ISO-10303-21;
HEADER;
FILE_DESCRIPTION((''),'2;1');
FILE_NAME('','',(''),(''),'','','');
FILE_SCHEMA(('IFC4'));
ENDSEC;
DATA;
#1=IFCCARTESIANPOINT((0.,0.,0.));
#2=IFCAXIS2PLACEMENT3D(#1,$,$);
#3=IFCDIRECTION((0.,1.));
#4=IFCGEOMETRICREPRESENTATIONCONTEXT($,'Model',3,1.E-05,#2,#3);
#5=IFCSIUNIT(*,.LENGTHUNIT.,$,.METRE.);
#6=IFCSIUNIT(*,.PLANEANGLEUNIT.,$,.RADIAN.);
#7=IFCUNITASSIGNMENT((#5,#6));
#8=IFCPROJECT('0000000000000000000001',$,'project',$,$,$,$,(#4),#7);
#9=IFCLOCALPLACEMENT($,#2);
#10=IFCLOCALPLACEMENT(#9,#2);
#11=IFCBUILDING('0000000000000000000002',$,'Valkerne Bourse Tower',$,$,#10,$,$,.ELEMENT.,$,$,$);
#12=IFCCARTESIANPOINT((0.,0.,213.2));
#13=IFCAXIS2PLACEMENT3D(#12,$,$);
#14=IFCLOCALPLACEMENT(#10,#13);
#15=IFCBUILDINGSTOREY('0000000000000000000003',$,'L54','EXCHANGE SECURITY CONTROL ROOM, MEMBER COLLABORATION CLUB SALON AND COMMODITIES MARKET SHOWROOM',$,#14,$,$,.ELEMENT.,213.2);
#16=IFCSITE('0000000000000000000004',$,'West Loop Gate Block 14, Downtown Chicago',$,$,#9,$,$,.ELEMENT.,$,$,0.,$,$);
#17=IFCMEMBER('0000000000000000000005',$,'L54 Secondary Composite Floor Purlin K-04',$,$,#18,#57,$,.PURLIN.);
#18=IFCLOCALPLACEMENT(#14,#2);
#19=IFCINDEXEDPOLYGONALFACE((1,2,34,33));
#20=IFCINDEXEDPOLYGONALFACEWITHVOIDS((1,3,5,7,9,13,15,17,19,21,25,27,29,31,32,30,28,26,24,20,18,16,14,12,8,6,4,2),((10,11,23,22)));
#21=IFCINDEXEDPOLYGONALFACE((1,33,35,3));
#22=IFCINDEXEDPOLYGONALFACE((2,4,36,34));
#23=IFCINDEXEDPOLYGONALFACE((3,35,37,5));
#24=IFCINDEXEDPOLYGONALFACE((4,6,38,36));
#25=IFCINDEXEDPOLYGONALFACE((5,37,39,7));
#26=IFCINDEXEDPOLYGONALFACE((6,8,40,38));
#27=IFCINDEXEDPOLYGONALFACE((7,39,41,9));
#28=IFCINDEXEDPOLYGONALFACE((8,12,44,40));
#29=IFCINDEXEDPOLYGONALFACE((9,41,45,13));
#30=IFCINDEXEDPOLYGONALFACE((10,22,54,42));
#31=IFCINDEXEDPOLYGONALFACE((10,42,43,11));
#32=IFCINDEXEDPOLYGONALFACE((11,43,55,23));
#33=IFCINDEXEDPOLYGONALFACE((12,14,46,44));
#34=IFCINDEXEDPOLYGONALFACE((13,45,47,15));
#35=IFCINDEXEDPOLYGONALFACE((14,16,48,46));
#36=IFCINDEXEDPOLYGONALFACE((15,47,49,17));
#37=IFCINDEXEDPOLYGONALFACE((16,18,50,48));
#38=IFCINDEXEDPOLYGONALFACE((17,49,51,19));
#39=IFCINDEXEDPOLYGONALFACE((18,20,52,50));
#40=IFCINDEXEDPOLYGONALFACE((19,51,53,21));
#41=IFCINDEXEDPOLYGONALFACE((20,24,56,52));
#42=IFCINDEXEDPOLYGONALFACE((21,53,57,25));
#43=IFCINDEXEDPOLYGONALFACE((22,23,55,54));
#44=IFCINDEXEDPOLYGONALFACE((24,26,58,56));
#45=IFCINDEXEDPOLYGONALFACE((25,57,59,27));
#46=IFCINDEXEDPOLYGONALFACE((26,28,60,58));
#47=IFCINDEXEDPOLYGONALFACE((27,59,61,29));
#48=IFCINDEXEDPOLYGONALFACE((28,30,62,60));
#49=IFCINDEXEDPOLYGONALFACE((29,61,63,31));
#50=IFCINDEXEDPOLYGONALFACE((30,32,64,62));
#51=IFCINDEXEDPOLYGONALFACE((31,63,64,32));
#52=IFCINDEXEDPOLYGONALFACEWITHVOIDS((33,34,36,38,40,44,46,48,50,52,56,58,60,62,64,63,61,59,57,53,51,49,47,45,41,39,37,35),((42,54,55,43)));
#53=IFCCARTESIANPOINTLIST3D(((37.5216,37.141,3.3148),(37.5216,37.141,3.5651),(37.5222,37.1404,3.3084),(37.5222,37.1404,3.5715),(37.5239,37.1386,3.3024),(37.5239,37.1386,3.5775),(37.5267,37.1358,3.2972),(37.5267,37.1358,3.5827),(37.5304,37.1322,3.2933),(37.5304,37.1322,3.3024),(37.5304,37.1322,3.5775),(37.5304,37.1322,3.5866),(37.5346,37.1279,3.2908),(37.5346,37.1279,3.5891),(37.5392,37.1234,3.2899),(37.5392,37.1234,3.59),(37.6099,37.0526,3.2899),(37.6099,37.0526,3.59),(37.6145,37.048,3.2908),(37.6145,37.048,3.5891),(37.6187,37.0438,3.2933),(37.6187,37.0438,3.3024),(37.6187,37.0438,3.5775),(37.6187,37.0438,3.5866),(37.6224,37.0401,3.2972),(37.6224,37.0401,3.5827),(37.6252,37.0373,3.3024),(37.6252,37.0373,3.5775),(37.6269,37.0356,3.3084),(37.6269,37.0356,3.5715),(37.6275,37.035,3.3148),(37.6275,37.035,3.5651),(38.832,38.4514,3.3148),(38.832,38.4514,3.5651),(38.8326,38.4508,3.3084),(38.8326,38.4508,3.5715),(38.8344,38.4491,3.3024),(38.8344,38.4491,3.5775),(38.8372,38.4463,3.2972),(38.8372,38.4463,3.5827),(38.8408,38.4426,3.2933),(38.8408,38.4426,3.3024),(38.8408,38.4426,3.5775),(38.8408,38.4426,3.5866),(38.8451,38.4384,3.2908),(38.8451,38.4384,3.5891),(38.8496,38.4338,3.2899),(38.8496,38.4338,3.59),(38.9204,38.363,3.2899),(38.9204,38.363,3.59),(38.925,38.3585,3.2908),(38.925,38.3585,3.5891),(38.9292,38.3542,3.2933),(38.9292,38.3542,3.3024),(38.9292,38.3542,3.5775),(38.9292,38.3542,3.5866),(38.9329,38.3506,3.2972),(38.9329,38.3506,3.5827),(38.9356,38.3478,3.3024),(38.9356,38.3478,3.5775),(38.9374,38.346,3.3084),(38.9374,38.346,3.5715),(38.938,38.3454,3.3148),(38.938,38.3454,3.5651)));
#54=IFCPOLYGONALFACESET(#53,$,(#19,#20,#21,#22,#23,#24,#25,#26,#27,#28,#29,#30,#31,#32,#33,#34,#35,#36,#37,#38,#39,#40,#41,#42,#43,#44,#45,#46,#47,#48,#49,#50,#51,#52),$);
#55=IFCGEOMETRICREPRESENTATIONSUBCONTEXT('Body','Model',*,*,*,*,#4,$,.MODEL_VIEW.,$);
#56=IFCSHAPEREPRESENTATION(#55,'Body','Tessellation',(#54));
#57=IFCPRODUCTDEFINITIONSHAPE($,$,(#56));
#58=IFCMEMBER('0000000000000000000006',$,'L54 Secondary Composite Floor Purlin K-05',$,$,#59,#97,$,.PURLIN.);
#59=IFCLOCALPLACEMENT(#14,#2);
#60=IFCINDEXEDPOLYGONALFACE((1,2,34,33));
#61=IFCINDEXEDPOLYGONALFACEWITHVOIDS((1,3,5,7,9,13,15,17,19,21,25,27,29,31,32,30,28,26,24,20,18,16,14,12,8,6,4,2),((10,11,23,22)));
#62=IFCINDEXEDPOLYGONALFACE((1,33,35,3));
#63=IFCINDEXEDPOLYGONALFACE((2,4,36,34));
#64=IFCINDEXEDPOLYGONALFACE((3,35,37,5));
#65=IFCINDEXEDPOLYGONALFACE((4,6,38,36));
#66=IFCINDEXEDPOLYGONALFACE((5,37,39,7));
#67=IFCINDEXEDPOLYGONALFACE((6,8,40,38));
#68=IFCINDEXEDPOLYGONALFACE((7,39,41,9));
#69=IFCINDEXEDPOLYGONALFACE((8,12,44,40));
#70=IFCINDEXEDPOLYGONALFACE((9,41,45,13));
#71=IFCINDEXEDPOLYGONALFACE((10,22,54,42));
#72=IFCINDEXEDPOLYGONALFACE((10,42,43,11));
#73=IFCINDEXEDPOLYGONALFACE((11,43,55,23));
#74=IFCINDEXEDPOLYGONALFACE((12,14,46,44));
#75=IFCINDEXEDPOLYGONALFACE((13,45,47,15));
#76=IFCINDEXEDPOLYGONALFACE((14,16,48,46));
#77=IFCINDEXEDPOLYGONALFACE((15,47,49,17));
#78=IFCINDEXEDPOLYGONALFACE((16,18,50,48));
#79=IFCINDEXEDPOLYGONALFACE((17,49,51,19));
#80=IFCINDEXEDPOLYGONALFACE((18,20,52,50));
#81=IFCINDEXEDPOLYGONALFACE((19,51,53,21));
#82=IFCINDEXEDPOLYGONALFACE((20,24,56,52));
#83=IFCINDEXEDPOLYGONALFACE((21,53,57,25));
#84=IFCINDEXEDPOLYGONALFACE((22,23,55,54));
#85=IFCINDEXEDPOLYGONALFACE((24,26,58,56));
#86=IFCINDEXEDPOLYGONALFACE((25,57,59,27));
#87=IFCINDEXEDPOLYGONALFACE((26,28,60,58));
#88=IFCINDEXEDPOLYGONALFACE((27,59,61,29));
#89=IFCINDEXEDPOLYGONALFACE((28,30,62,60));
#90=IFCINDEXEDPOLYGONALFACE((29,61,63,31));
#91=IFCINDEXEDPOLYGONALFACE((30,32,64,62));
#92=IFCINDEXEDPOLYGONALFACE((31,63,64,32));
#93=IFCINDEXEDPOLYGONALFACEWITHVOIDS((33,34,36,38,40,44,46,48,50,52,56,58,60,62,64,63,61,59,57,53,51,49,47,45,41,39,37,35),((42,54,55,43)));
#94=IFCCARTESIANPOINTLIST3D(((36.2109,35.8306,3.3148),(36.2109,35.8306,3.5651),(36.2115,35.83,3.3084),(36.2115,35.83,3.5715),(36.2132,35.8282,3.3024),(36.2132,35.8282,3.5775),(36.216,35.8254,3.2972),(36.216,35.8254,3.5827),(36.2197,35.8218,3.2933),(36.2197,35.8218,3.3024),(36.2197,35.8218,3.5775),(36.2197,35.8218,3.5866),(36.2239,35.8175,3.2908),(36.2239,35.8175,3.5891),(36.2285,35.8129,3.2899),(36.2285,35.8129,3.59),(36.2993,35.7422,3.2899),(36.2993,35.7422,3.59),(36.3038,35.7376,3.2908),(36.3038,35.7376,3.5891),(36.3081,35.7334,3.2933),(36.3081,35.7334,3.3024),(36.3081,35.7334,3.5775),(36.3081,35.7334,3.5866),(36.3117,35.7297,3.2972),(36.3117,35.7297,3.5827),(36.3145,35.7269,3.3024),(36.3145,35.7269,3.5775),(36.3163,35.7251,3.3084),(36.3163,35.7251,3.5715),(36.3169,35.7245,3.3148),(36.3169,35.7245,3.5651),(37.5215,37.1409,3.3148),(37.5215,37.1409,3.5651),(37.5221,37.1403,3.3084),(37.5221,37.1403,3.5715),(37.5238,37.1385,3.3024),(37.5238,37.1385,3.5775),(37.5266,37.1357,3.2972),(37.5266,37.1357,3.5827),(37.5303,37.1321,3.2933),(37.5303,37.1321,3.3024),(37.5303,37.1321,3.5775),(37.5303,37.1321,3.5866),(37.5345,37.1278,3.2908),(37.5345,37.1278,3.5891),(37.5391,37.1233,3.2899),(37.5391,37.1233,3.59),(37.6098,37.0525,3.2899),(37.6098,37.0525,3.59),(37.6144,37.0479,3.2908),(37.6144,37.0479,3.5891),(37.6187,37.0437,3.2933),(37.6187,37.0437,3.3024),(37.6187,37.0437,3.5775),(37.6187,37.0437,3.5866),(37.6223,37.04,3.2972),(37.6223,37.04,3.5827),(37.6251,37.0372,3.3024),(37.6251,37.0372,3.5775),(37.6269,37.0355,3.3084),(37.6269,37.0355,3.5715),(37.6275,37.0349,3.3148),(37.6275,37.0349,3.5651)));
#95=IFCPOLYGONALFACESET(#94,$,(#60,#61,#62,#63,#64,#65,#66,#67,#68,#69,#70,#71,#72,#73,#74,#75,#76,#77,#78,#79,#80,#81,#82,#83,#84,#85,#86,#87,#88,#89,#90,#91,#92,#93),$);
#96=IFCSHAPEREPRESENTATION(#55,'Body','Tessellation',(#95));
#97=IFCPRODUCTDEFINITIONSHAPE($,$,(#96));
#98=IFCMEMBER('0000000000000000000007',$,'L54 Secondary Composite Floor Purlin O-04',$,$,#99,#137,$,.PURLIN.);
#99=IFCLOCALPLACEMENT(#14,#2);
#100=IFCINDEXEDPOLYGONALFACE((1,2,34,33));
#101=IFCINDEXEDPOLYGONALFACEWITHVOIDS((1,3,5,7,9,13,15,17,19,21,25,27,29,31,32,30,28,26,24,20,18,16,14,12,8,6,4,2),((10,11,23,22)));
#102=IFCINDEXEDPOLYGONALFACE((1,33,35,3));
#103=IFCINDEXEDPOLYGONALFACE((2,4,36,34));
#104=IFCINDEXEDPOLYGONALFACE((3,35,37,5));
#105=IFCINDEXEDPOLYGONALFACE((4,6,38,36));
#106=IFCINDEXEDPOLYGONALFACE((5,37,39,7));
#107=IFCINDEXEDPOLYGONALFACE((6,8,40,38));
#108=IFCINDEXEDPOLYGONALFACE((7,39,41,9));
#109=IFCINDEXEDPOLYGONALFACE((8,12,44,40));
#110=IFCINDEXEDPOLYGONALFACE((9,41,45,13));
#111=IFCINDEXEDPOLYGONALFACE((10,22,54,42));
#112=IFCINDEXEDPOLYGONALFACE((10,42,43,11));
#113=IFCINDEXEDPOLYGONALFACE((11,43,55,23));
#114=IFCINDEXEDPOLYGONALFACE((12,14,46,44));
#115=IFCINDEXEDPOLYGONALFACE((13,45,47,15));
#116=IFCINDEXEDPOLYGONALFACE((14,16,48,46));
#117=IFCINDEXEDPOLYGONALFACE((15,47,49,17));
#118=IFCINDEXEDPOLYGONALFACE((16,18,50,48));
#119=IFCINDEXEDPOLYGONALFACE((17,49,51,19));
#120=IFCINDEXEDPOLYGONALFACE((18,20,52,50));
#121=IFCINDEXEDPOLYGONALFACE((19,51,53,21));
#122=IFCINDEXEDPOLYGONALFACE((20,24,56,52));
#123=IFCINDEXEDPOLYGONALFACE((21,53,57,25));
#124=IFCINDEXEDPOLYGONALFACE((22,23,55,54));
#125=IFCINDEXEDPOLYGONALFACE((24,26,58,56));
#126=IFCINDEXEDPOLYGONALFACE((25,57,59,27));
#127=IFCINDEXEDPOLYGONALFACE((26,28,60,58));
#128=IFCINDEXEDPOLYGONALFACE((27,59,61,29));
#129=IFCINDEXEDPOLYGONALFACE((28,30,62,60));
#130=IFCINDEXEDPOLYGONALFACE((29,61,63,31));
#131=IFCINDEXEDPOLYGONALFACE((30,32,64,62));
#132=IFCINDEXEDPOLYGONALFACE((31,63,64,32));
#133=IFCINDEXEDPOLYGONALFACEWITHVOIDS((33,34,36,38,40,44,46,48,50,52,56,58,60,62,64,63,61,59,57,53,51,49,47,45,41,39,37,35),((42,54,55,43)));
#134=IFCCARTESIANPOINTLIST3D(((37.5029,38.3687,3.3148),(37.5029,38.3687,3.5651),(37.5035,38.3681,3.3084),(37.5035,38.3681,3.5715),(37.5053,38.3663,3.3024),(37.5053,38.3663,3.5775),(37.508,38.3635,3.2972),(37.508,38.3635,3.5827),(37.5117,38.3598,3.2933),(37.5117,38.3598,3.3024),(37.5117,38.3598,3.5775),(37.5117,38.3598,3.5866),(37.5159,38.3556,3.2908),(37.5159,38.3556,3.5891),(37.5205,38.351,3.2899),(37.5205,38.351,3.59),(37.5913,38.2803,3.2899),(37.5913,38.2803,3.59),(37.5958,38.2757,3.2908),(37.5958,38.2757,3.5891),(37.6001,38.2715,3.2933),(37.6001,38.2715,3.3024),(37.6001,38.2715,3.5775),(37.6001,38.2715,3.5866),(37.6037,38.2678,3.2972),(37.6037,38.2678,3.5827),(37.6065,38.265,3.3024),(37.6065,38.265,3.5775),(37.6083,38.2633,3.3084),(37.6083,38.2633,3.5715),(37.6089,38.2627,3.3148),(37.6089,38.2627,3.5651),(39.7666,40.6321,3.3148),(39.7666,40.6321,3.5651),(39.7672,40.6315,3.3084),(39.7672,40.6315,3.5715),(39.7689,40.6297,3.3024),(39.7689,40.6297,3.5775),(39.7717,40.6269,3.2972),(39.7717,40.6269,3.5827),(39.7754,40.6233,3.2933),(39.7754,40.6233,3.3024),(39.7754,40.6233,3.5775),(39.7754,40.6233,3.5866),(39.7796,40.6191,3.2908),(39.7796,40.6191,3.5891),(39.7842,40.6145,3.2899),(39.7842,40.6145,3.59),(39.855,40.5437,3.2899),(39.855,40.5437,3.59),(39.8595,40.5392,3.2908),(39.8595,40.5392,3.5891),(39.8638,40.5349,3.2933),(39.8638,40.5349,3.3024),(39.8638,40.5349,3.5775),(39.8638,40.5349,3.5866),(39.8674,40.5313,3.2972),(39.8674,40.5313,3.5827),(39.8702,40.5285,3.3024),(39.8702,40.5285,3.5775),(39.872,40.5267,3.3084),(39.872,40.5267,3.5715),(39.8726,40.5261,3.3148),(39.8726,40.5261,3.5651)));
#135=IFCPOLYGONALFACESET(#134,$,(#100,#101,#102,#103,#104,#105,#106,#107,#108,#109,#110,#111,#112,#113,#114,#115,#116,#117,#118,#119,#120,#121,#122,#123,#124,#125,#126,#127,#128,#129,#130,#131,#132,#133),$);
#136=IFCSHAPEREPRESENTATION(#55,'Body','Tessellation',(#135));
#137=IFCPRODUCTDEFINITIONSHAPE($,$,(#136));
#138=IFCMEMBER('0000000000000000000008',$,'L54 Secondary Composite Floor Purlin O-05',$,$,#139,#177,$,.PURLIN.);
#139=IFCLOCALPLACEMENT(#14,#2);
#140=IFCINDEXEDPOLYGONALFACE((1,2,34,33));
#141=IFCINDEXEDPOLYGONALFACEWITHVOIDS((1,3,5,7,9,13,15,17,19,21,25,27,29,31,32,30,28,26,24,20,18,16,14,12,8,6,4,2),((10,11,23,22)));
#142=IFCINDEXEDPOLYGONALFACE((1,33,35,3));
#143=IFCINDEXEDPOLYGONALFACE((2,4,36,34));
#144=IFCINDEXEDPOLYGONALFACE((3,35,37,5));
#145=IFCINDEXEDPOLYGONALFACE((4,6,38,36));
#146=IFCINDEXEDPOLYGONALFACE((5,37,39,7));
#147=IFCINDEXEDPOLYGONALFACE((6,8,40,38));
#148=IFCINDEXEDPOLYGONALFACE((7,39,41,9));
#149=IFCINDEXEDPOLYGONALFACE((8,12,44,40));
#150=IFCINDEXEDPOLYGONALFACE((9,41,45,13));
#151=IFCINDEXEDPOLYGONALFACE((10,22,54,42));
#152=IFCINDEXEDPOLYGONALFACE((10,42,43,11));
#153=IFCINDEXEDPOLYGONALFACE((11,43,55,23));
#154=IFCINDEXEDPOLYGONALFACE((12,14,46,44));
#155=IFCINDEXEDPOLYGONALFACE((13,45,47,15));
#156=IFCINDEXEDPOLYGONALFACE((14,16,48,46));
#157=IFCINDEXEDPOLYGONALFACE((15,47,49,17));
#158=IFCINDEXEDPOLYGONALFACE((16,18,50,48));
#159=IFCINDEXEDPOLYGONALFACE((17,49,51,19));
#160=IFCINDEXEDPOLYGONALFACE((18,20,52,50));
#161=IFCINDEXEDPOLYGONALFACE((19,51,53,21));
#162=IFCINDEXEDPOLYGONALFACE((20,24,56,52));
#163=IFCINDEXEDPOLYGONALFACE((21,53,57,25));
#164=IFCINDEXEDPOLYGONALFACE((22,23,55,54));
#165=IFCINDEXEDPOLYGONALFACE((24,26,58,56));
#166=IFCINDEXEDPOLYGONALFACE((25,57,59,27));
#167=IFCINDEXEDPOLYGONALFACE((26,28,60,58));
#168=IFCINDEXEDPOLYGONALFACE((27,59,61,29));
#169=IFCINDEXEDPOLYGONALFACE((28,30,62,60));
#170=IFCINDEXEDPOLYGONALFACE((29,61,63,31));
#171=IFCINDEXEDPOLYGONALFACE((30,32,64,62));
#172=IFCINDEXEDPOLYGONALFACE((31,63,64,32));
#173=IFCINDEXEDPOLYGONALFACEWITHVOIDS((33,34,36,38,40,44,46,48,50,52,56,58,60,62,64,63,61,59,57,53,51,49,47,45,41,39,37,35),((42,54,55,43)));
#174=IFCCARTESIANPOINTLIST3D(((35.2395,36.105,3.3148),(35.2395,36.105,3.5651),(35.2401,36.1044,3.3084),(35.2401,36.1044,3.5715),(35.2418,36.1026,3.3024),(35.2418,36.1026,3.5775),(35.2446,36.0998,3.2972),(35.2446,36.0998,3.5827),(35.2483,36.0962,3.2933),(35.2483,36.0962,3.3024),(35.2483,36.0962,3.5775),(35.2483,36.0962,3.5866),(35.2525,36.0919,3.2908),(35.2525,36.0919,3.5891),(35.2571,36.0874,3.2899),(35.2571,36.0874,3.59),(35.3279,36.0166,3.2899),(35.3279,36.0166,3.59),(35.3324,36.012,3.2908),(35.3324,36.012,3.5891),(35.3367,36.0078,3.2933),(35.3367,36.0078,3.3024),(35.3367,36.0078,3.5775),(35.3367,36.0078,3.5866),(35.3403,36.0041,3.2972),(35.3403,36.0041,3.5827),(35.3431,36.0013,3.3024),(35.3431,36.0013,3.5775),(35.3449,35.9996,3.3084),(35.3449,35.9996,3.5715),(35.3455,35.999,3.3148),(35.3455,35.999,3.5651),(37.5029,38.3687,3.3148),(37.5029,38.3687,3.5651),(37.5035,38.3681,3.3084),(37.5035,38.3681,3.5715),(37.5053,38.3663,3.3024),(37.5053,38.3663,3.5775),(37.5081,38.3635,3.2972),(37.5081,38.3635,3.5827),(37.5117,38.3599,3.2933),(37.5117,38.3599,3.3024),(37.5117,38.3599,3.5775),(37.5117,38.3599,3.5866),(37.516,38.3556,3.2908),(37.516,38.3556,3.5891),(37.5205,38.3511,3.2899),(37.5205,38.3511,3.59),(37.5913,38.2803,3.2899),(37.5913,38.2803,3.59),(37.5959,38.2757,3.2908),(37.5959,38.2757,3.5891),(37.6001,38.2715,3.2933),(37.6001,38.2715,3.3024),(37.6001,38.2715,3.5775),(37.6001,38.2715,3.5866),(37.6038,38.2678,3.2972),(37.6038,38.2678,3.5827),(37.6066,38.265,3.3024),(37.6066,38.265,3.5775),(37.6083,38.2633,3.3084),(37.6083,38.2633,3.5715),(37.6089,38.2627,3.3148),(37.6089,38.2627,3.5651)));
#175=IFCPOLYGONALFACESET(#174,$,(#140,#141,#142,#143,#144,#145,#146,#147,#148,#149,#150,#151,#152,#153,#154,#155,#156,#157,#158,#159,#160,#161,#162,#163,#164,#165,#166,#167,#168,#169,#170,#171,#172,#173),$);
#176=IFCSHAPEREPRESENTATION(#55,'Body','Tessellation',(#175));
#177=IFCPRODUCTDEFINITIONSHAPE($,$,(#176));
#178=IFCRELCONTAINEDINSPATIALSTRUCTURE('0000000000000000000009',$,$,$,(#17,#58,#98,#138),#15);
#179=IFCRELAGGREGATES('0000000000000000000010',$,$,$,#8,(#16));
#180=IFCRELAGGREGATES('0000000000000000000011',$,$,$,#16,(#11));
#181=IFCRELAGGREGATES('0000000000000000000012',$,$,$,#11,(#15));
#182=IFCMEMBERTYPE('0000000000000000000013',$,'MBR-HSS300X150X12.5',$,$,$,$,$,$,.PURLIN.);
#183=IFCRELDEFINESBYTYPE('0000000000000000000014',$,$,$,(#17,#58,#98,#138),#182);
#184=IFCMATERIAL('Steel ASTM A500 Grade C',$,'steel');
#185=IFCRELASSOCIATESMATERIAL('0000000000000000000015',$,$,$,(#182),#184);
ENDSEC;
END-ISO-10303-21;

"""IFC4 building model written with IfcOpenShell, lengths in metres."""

from ifc_helpers import new_model, si_unit, direction, frame, origin, origin_2d, place, context, subcontext, project, spatial, hollow_rectangle, extrude, material, material_profile, profile_set, type_object, element, save


model = new_model("IFC4")

# Units and contexts
model_context = context("Model", 3, precision=1e-05, world=origin(), true_north=direction((0.0, 1.0)))
body_context = subcontext(model_context, "Body", "Model", "MODEL_VIEW")
ifc_project = project(units=[si_unit("LENGTHUNIT", "METRE"), si_unit("PLANEANGLEUNIT", "RADIAN")], contexts=[model_context])

# Site, building, storey
site_placement = place(None, origin())
site = spatial("IfcSite", under=ifc_project, at=site_placement, Name="West Loop Gate Block 14, Downtown Chicago", CompositionType="ELEMENT", RefElevation=0.0)
building_placement = place(site_placement, origin())
building = spatial("IfcBuilding", under=site, at=building_placement, Name="Valkerne Bourse Tower", CompositionType="ELEMENT")
storey_placement = place(building_placement, frame((0.0, 0.0, 213.2)))
storey = spatial("IfcBuildingStorey", under=building, at=storey_placement, Name="L54", Description="EXCHANGE SECURITY CONTROL ROOM, MEMBER COLLABORATION CLUB SALON AND COMMODITIES MARKET SHOWROOM", CompositionType="ELEMENT", Elevation=213.2)

# Members
ifc_material_1 = material(Name="Steel ASTM A500 Grade C", Category="steel")
ifc_material_profile_1 = material_profile(ifc_material_1, hollow_rectangle(XDim=0.1499, YDim=0.3, WallThickness=0.0125, OuterFilletRadius=0.0249, at=origin_2d()), Name="HSS300X150X12.5")
ifc_profile_set_1 = profile_set([ifc_material_profile_1], Name="Steel ASTM A500 Grade C")
member_type_1 = type_object("IfcMemberType", Name="MBR-HSS300X150X12.5", PredefinedType="PURLIN", material=ifc_profile_set_1)
for number, where, z_axis, x_axis, name in (
    (1, (38.885, 38.3984, 3.4399), (-0.707107, -0.707107, 0.0), (0.707107, -0.707107, 0.0), "L54 Secondary Composite Floor Purlin K-04"),
    (2, (37.5745, 37.0879, 3.4399), (-0.707173, -0.707041, 0.0), (0.707041, -0.707173, 0.0), "L54 Secondary Composite Floor Purlin K-05"),
):
    element("IfcMember", number, at=place(storey_placement, frame(where, z_axis=z_axis, x_axis=x_axis)), inside=storey, type_object=member_type_1, Name=name, PredefinedType="PURLIN", context=body_context, shape_type="SweptSolid", body=[
        extrude(hollow_rectangle(XDim=0.1499, YDim=0.3, WallThickness=0.0125, OuterFilletRadius=0.0249, at=origin_2d()), origin(), (0.0, 0.0, 1.0), 1.8533),
    ])
for number, where, z_axis, x_axis, name in (
    (3, (39.8196, 40.5791, 3.4399), (-0.707145, -0.707069, 0.0), (0.707069, -0.707145, 0.0), "L54 Secondary Composite Floor Purlin O-04"),
    (4, (37.5559, 38.3157, 3.4399), (-0.707069, -0.707145, 0.0), (0.707145, -0.707069, 0.0), "L54 Secondary Composite Floor Purlin O-05"),
):
    element("IfcMember", number, at=place(storey_placement, frame(where, z_axis=z_axis, x_axis=x_axis)), inside=storey, type_object=member_type_1, Name=name, PredefinedType="PURLIN", context=body_context, shape_type="SweptSolid", body=[
        extrude(hollow_rectangle(XDim=0.1499, YDim=0.3, WallThickness=0.0125, OuterFilletRadius=0.0249, at=origin_2d()), origin(), (0.0, 0.0, 1.0), 3.2012),
    ])

save(model, "model.ifc")
